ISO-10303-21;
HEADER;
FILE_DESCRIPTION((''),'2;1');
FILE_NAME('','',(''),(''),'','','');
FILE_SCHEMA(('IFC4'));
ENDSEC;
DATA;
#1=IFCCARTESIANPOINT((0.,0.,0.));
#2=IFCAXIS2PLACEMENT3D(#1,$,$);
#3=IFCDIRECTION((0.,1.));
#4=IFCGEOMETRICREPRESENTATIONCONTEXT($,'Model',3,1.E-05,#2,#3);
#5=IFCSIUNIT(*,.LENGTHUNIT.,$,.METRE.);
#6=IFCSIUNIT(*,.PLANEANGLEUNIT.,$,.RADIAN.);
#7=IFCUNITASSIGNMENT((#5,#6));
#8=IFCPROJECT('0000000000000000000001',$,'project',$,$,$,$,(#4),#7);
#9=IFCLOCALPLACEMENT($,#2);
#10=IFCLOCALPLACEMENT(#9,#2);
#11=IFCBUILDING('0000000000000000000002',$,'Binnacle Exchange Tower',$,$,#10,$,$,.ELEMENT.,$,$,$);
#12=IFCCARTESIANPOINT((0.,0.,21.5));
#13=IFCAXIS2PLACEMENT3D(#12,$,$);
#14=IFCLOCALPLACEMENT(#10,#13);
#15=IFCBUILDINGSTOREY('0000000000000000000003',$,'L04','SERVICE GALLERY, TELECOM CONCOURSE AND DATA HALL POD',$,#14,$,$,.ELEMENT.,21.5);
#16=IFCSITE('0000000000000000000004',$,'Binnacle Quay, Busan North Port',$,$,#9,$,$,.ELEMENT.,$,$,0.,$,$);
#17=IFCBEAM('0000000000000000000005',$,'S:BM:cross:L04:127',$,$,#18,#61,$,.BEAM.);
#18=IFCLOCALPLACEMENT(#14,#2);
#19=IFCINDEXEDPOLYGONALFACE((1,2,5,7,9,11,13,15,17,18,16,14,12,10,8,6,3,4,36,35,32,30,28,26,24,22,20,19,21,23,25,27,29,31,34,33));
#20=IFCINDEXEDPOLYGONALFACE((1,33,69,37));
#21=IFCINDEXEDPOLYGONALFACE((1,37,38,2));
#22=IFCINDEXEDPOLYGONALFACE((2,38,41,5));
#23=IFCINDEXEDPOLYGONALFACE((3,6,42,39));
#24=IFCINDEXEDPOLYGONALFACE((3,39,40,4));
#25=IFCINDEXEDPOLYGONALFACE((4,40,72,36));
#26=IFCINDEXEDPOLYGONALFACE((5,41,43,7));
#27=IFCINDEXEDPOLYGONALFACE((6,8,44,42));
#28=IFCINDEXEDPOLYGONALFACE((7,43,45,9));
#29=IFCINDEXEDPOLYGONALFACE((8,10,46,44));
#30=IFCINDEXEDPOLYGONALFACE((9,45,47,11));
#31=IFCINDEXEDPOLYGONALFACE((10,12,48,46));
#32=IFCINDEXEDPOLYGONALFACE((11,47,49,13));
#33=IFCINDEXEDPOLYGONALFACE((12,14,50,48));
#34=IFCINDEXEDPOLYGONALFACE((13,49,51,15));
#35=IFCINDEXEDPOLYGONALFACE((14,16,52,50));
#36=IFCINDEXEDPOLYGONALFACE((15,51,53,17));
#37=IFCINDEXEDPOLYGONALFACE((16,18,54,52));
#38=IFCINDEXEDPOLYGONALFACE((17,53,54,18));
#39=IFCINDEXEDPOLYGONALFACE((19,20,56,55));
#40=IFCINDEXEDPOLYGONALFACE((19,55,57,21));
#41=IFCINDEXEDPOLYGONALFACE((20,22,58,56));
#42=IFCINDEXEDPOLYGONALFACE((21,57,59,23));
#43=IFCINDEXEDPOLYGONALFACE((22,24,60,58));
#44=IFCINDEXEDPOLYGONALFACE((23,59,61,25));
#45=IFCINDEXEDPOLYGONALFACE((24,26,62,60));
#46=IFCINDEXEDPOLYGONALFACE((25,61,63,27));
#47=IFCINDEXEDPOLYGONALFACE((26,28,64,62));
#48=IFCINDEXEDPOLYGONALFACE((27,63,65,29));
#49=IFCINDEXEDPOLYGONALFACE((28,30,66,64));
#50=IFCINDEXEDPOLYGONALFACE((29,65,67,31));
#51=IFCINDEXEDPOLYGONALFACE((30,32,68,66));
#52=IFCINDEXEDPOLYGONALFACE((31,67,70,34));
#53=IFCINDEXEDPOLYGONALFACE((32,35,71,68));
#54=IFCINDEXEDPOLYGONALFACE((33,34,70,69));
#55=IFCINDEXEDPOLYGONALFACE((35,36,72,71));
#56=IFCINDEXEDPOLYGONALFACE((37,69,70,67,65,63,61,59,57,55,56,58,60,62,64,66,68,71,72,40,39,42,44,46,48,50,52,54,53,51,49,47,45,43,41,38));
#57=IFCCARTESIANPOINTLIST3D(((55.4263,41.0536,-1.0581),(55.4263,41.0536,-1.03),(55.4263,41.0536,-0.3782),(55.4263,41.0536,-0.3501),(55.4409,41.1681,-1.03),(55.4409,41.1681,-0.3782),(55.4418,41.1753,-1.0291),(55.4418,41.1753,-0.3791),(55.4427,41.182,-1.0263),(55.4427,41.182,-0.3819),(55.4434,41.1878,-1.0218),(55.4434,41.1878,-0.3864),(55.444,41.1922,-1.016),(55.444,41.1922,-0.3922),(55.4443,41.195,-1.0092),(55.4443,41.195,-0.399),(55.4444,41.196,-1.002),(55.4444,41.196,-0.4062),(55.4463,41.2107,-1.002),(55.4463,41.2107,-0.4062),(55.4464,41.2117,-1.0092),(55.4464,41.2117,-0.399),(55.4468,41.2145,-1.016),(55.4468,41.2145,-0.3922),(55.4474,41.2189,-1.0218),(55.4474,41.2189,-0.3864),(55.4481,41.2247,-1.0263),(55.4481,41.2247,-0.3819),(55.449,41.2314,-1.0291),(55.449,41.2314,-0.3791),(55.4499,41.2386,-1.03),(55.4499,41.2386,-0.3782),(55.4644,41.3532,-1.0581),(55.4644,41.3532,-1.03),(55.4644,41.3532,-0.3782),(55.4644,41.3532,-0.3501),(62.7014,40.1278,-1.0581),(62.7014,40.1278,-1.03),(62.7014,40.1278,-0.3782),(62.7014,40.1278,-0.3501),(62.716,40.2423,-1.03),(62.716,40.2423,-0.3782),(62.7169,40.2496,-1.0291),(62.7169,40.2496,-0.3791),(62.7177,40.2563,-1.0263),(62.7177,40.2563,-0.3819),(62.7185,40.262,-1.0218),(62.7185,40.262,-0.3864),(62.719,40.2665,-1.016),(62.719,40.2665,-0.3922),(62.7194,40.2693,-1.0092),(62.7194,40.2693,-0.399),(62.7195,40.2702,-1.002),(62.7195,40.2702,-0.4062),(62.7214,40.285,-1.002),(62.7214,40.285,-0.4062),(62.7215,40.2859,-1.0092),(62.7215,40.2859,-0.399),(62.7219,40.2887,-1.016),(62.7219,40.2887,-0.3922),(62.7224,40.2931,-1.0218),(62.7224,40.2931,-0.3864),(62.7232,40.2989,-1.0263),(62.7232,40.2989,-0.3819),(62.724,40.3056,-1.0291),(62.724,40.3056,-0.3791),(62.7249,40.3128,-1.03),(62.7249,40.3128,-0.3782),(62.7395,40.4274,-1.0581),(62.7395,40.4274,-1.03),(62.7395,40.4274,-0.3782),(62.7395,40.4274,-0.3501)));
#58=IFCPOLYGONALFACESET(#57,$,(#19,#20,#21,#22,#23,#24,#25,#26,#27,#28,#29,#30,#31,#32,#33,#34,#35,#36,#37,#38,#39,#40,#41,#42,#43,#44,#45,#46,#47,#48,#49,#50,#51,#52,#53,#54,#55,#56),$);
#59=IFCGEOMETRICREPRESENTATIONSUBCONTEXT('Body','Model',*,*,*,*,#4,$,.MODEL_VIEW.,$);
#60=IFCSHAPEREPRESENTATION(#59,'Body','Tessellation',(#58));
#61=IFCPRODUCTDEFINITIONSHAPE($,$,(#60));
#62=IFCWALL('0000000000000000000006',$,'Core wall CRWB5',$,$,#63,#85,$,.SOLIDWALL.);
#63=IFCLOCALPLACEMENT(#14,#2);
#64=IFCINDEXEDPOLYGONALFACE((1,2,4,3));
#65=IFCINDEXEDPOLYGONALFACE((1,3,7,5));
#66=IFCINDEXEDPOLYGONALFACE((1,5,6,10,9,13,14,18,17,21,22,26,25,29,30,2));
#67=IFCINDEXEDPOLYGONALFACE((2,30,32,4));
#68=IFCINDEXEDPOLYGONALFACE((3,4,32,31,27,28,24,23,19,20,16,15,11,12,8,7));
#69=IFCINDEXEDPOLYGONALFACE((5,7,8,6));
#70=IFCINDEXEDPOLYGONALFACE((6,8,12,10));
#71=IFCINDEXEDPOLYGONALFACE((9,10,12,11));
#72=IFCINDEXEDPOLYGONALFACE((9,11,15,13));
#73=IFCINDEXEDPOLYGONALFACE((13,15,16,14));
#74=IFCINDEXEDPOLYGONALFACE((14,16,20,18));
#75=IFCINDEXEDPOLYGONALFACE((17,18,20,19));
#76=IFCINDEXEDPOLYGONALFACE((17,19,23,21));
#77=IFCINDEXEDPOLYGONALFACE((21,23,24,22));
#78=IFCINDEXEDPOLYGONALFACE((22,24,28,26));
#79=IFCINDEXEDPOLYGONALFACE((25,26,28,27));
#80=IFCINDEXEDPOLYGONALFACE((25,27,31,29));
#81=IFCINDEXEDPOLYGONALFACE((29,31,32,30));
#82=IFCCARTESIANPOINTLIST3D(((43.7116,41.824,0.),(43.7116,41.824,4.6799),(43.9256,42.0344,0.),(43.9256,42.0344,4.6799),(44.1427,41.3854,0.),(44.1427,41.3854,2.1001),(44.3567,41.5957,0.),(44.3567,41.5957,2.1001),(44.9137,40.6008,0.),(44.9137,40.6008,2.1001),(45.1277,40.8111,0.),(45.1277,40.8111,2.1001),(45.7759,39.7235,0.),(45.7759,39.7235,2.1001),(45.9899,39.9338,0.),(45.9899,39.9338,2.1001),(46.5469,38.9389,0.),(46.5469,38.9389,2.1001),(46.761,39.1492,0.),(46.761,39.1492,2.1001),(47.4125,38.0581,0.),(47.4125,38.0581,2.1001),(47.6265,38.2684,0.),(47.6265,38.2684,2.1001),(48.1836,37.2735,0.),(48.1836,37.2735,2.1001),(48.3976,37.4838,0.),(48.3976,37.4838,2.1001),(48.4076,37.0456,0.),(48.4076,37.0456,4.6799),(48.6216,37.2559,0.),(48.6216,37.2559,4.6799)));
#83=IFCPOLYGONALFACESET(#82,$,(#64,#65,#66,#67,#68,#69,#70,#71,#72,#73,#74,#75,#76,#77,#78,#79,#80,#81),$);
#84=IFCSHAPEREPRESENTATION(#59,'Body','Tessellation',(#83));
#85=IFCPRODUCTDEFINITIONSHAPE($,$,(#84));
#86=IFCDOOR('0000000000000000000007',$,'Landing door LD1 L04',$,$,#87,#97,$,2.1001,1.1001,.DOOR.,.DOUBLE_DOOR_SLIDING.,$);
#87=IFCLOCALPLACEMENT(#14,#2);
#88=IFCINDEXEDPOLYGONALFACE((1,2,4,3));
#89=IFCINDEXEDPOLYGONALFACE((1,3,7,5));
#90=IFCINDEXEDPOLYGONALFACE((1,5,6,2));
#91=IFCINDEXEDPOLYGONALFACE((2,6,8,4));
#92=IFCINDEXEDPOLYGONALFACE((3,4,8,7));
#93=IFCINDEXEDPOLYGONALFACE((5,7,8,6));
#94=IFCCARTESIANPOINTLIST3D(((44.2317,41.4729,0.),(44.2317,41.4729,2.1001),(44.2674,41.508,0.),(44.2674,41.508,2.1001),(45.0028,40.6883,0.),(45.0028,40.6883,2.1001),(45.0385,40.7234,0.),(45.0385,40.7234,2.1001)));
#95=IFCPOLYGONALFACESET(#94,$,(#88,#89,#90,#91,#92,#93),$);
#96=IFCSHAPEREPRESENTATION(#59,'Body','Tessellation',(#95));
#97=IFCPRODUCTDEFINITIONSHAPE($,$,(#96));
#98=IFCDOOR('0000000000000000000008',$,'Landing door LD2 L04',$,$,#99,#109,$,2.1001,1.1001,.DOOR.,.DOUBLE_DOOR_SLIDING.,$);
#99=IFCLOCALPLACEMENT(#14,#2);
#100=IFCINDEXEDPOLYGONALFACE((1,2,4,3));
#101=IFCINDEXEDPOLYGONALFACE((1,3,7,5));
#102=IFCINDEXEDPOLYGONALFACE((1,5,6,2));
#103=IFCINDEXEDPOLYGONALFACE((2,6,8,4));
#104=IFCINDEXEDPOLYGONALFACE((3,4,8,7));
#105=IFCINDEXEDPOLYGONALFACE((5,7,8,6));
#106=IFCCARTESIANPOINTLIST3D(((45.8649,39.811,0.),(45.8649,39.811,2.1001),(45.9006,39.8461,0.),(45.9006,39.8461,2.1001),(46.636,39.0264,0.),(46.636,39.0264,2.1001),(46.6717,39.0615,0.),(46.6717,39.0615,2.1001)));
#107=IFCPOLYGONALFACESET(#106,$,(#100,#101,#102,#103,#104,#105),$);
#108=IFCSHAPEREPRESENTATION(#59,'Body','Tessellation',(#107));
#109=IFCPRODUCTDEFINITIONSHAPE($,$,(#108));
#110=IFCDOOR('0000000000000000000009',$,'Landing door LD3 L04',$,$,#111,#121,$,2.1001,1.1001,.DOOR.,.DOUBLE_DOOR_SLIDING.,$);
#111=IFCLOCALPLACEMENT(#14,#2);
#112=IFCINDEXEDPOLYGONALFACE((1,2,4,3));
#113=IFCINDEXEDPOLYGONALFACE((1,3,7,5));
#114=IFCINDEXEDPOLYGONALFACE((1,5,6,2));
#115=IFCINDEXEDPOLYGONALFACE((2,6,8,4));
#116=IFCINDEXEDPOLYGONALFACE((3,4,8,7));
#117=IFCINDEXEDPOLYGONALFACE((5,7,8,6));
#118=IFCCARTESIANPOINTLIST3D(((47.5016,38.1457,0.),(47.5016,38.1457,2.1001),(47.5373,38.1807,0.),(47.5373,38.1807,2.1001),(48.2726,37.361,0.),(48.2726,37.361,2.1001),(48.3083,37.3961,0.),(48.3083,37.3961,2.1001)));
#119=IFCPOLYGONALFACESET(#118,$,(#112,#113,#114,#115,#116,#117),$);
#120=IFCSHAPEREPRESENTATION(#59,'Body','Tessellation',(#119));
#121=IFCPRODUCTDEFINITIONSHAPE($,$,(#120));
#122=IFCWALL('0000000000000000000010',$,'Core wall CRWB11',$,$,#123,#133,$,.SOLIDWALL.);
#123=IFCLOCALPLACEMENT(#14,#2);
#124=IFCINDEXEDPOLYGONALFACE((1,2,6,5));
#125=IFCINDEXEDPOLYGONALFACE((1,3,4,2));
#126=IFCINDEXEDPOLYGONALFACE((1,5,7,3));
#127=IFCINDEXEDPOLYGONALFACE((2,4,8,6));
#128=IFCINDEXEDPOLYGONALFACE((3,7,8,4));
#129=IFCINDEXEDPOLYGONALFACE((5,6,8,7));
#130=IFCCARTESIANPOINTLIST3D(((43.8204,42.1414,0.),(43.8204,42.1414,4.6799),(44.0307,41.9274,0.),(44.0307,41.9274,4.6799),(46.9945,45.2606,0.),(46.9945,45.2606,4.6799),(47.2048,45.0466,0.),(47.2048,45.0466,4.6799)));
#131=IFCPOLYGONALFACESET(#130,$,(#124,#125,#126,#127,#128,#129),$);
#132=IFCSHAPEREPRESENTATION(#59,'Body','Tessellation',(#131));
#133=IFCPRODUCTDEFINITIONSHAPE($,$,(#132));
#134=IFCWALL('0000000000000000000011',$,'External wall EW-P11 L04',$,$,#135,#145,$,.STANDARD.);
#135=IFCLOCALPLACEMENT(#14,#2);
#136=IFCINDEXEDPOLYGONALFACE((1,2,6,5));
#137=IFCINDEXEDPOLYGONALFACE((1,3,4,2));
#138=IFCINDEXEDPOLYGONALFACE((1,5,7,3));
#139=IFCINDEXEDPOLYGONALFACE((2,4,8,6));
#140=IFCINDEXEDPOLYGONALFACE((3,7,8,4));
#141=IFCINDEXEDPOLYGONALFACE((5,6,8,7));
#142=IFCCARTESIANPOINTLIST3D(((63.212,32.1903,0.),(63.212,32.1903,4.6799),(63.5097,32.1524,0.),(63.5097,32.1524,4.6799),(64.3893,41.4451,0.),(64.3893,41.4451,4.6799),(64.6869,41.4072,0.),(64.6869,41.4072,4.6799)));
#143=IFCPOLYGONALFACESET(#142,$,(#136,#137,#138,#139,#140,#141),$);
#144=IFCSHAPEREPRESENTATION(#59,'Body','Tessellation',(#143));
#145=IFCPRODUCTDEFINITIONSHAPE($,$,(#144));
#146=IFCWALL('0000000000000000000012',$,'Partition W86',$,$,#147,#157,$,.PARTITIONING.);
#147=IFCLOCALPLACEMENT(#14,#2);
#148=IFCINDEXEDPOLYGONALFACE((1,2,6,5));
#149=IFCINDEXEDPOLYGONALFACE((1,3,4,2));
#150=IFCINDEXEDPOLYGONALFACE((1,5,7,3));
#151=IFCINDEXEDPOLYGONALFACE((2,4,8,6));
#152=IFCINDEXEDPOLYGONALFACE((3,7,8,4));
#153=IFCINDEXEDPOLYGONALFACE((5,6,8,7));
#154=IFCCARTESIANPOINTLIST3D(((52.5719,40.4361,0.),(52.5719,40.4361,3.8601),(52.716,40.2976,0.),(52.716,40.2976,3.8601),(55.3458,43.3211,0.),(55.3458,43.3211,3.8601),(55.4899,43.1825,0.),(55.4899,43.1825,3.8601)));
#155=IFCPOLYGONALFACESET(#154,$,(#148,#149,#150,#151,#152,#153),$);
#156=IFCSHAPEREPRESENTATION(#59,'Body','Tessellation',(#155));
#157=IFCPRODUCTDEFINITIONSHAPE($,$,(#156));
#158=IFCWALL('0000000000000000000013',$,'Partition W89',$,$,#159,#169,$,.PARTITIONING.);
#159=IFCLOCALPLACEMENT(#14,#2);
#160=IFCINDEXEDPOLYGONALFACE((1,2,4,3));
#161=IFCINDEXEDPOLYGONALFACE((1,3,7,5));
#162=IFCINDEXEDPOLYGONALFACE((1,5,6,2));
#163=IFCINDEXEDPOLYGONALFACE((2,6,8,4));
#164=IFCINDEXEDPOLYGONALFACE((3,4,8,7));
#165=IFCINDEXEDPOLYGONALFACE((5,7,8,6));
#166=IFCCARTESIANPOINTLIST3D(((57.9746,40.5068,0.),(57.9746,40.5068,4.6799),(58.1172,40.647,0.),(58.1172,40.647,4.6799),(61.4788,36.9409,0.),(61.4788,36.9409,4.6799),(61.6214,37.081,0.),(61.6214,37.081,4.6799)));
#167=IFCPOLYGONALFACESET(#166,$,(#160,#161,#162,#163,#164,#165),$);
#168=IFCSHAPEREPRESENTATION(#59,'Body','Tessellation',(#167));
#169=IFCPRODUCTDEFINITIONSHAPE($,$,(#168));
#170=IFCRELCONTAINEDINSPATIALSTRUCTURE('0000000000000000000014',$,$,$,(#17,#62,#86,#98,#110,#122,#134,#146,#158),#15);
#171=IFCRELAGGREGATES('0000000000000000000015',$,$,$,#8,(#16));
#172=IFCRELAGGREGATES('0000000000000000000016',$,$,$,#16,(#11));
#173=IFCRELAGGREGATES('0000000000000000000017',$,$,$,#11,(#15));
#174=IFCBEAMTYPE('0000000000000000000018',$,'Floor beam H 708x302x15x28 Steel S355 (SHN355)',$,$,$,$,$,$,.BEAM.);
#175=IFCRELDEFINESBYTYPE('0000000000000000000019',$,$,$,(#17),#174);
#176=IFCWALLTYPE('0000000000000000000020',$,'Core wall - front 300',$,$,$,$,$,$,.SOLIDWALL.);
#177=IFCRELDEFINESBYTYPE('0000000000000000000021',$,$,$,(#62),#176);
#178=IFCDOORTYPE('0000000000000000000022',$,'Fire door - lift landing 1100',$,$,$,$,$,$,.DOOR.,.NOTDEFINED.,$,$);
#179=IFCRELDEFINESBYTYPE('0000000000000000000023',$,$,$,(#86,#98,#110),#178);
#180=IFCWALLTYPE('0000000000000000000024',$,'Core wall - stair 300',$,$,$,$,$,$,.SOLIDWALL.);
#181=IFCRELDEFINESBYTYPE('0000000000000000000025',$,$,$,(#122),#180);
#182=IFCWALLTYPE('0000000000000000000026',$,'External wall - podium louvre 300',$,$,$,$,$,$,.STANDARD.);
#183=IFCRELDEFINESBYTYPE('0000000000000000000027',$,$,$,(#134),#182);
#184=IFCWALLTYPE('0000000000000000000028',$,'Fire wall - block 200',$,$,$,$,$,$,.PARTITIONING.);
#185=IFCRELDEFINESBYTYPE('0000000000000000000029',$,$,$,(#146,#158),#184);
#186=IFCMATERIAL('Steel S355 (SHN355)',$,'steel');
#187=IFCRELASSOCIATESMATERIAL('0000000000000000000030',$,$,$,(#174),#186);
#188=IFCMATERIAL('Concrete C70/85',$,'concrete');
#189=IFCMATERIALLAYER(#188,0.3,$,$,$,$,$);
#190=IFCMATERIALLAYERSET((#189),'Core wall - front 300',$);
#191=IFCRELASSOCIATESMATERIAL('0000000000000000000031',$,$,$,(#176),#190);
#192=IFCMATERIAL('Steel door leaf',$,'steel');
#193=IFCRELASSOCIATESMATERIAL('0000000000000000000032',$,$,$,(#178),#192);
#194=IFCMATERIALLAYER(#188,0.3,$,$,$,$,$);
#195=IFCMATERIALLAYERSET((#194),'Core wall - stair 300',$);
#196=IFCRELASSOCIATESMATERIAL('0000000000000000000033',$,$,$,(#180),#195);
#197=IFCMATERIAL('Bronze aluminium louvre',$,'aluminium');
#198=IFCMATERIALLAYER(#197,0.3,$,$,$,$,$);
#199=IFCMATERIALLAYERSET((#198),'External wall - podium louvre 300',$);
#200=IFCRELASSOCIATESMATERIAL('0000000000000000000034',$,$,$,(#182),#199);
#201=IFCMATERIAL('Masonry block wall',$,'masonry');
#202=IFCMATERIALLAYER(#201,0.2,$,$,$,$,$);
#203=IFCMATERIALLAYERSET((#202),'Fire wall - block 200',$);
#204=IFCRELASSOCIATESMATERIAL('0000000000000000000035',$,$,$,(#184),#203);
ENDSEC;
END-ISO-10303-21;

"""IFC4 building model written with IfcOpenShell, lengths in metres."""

from ifc_helpers import new_model, si_unit, direction, frame, frame_2d, origin, origin_2d, place, context, subcontext, project, spatial, rectangle, i_section, extrude, material, layer, layer_set, material_profile, profile_set, type_object, element, fill, save


model = new_model("IFC4")

# Units and contexts
model_context = context("Model", 3, precision=1e-05, world=origin(), true_north=direction((0.0, 1.0)))
body_context = subcontext(model_context, "Body", "Model", "MODEL_VIEW")
ifc_project = project(units=[si_unit("LENGTHUNIT", "METRE"), si_unit("PLANEANGLEUNIT", "RADIAN")], contexts=[model_context])

# Site, building, storey
site_placement = place(None, origin())
site = spatial("IfcSite", under=ifc_project, at=site_placement, Name="Binnacle Quay, Busan North Port", CompositionType="ELEMENT", RefElevation=0.0)
building_placement = place(site_placement, origin())
building = spatial("IfcBuilding", under=site, at=building_placement, Name="Binnacle Exchange Tower", CompositionType="ELEMENT")
storey_placement = place(building_placement, frame((0.0, 0.0, 21.5)))
storey = spatial("IfcBuildingStorey", under=building, at=storey_placement, Name="L04", Description="SERVICE GALLERY, TELECOM CONCOURSE AND DATA HALL POD", CompositionType="ELEMENT", Elevation=21.5)

# Shared definitions
ifc_material_1 = material(Name="Concrete C70/85", Category="concrete")

# Beam
ifc_material_2 = material(Name="Steel S355 (SHN355)", Category="steel")
ifc_material_profile_1 = material_profile(ifc_material_2, i_section(OverallWidth=0.302, OverallDepth=0.708, WebThickness=0.0149, FlangeThickness=0.0281, FilletRadius=0.0281, at=origin_2d()), Name="H 708x302x15x28")
ifc_profile_set_1 = profile_set([ifc_material_profile_1], Name="Steel S355 (SHN355)")
beam_type_1 = type_object("IfcBeamType", Name="Floor beam H 708x302x15x28 Steel S355 (SHN355)", PredefinedType="BEAM", material=ifc_profile_set_1)
beam_1_placement = place(storey_placement, frame((62.7205, 40.2776, -0.7041), z_axis=(-0.992, 0.126235, 0.0), x_axis=(-0.126235, -0.992, 0.0)))
element("IfcBeam", 1, at=beam_1_placement, inside=storey, type_object=beam_type_1, Name="S:BM:cross:L04:127", PredefinedType="BEAM", context=body_context, shape_type="SweptSolid", body=[
    extrude(i_section(OverallWidth=0.302, OverallDepth=0.708, WebThickness=0.0149, FlangeThickness=0.0281, FilletRadius=0.0281, at=origin_2d()), origin(), (0.0, 0.0, 1.0), 7.3337),
])

# Wall, openings, doors
ifc_layer_1 = layer(ifc_material_1, 0.3)
ifc_layer_set_1 = layer_set([ifc_layer_1], Name="Core wall - front 300")
wall_type_1 = type_object("IfcWallType", Name="Core wall - front 300", PredefinedType="SOLIDWALL", material=ifc_layer_set_1)
wall_1_placement = place(storey_placement, frame((43.8186, 41.9292, 0.0), z_axis=(0.0, 0.0, 1.0), x_axis=(0.700922, -0.713238, 0.0)))
wall_1 = element("IfcWall", 2, at=wall_1_placement, inside=storey, type_object=wall_type_1, Name="Core wall CRWB5", PredefinedType="SOLIDWALL", context=body_context, shape_type="SweptSolid", body=[
    extrude(rectangle(XDim=6.6997, YDim=0.3, at=frame_2d((3.3499, 0.0))), origin(), (0.0, 0.0, 1.0), 4.6799),
])
opening_1_placement = place(wall_1_placement, frame((0.615, 0.0, 0.0)))
opening_1 = element("IfcOpeningElement", 3, at=opening_1_placement, cuts=wall_1, PredefinedType="OPENING", context=body_context, shape_type="SweptSolid", body=[
    extrude(rectangle(XDim=1.1001, YDim=2.1001, at=frame_2d((0.55, 1.05))), frame((0.0, 0.1599, 0.0), z_axis=(0.0, -1.0, 0.0), x_axis=(1.0, 0.0, 0.0)), (0.0, 0.0, 1.0), 0.3201),
])
opening_2_placement = place(wall_1_placement, frame((2.9451, 0.0, 0.0)))
opening_2 = element("IfcOpeningElement", 4, at=opening_2_placement, cuts=wall_1, PredefinedType="OPENING", context=body_context, shape_type="SweptSolid", body=[
    extrude(rectangle(XDim=1.1001, YDim=2.1001, at=frame_2d((0.55, 1.05))), frame((0.0, 0.1599, 0.0), z_axis=(0.0, -1.0, 0.0), x_axis=(1.0, 0.0, 0.0)), (0.0, 0.0, 1.0), 0.3201),
])
opening_3_placement = place(wall_1_placement, frame((5.28, 0.0, 0.0)))
opening_3 = element("IfcOpeningElement", 5, at=opening_3_placement, cuts=wall_1, PredefinedType="OPENING", context=body_context, shape_type="SweptSolid", body=[
    extrude(rectangle(XDim=1.1001, YDim=2.1001, at=frame_2d((0.55, 1.05))), frame((0.0, 0.1599, 0.0), z_axis=(0.0, -1.0, 0.0), x_axis=(1.0, 0.0, 0.0)), (0.0, 0.0, 1.0), 0.3201),
])
ifc_material_3 = material(Name="Steel door leaf", Category="steel")
door_type_1 = type_object("IfcDoorType", Name="Fire door - lift landing 1100", OperationType="NOTDEFINED", PredefinedType="DOOR", material=ifc_material_3)
door_1_placement = place(opening_1_placement, origin())
door_1 = element("IfcDoor", 6, at=door_1_placement, inside=storey, type_object=door_type_1, Name="Landing door LD1 L04", OperationType="DOUBLE_DOOR_SLIDING", OverallHeight=2.1001, OverallWidth=1.1001, PredefinedType="DOOR", context=body_context, shape_type="SweptSolid", body=[
    extrude(rectangle(XDim=1.1001, YDim=2.1001, at=frame_2d((0.55, 1.05))), frame((0.0, 0.0249, 0.0), z_axis=(0.0, -1.0, 0.0), x_axis=(1.0, 0.0, 0.0)), (0.0, 0.0, 1.0), 0.05),
])
fill(opening_1, door_1)
door_2_placement = place(opening_2_placement, origin())
door_2 = element("IfcDoor", 7, at=door_2_placement, inside=storey, type_object=door_type_1, Name="Landing door LD2 L04", OperationType="DOUBLE_DOOR_SLIDING", OverallHeight=2.1001, OverallWidth=1.1001, PredefinedType="DOOR", context=body_context, shape_type="SweptSolid", body=[
    extrude(rectangle(XDim=1.1001, YDim=2.1001, at=frame_2d((0.55, 1.05))), frame((0.0, 0.0249, 0.0), z_axis=(0.0, -1.0, 0.0), x_axis=(1.0, 0.0, 0.0)), (0.0, 0.0, 1.0), 0.05),
])
fill(opening_2, door_2)
door_3_placement = place(opening_3_placement, origin())
door_3 = element("IfcDoor", 8, at=door_3_placement, inside=storey, type_object=door_type_1, Name="Landing door LD3 L04", OperationType="DOUBLE_DOOR_SLIDING", OverallHeight=2.1001, OverallWidth=1.1001, PredefinedType="DOOR", context=body_context, shape_type="SweptSolid", body=[
    extrude(rectangle(XDim=1.1001, YDim=2.1001, at=frame_2d((0.55, 1.05))), frame((0.0, 0.0249, 0.0), z_axis=(0.0, -1.0, 0.0), x_axis=(1.0, 0.0, 0.0)), (0.0, 0.0, 1.0), 0.05),
])
fill(opening_3, door_3)

# Walls
ifc_layer_2 = layer(ifc_material_1, 0.3)
ifc_layer_set_2 = layer_set([ifc_layer_2], Name="Core wall - stair 300")
wall_type_2 = type_object("IfcWallType", Name="Core wall - stair 300", PredefinedType="SOLIDWALL", material=ifc_layer_set_2)
wall_2_placement = place(storey_placement, frame((43.9255, 42.0344, 0.0), z_axis=(0.0, 0.0, 1.0), x_axis=(0.713252, 0.700908, 0.0)))
element("IfcWall", 9, at=wall_2_placement, inside=storey, type_object=wall_type_2, Name="Core wall CRWB11", PredefinedType="SOLIDWALL", context=body_context, shape_type="SweptSolid", body=[
    extrude(rectangle(XDim=4.4502, YDim=0.3, at=frame_2d((2.2251, 0.0))), origin(), (0.0, 0.0, 1.0), 4.6799),
])
ifc_material_4 = material(Name="Bronze aluminium louvre", Category="aluminium")
ifc_layer_3 = layer(ifc_material_4, 0.3)
ifc_layer_set_3 = layer_set([ifc_layer_3], Name="External wall - podium louvre 300")
wall_type_3 = type_object("IfcWallType", Name="External wall - podium louvre 300", PredefinedType="STANDARD", material=ifc_layer_set_3)
wall_3_placement = place(storey_placement, frame((64.5381, 41.426, 0.0), z_axis=(0.0, 0.0, 1.0), x_axis=(-0.126186, -0.992007, 0.0)))
element("IfcWall", 10, at=wall_3_placement, inside=storey, type_object=wall_type_3, Name="External wall EW-P11 L04", PredefinedType="STANDARD", context=body_context, shape_type="SweptSolid", body=[
    extrude(rectangle(XDim=9.3293, YDim=0.3, at=frame_2d((4.6646, 0.0))), origin(), (0.0, 0.0, 1.0), 4.6799),
])
ifc_material_5 = material(Name="Masonry block wall", Category="masonry")
ifc_layer_4 = layer(ifc_material_5, 0.2)
ifc_layer_set_4 = layer_set([ifc_layer_4], Name="Fire wall - block 200")
wall_type_4 = type_object("IfcWallType", Name="Fire wall - block 200", PredefinedType="PARTITIONING", material=ifc_layer_set_4)
wall_4_placement = place(storey_placement, frame((52.644, 40.3669, 0.0), z_axis=(0.0, 0.0, 1.0), x_axis=(0.693093, 0.720848, 0.0)))
element("IfcWall", 11, at=wall_4_placement, inside=storey, type_object=wall_type_4, Name="Partition W86", PredefinedType="PARTITIONING", context=body_context, shape_type="SweptSolid", body=[
    extrude(rectangle(XDim=4.0022, YDim=0.2, at=frame_2d((2.001, 0.0))), origin(), (0.0, 0.0, 1.0), 3.8601),
])
wall_5_placement = place(storey_placement, frame((58.0459, 40.5769, 0.0), z_axis=(0.0, 0.0, 1.0), x_axis=(0.700902, -0.713257, 0.0)))
element("IfcWall", 12, at=wall_5_placement, inside=storey, type_object=wall_type_4, Name="Partition W89", PredefinedType="PARTITIONING", context=body_context, shape_type="SweptSolid", body=[
    extrude(rectangle(XDim=4.9995, YDim=0.2, at=frame_2d((2.4998, 0.0))), origin(), (0.0, 0.0, 1.0), 4.6799),
])

save(model, "model.ifc")
